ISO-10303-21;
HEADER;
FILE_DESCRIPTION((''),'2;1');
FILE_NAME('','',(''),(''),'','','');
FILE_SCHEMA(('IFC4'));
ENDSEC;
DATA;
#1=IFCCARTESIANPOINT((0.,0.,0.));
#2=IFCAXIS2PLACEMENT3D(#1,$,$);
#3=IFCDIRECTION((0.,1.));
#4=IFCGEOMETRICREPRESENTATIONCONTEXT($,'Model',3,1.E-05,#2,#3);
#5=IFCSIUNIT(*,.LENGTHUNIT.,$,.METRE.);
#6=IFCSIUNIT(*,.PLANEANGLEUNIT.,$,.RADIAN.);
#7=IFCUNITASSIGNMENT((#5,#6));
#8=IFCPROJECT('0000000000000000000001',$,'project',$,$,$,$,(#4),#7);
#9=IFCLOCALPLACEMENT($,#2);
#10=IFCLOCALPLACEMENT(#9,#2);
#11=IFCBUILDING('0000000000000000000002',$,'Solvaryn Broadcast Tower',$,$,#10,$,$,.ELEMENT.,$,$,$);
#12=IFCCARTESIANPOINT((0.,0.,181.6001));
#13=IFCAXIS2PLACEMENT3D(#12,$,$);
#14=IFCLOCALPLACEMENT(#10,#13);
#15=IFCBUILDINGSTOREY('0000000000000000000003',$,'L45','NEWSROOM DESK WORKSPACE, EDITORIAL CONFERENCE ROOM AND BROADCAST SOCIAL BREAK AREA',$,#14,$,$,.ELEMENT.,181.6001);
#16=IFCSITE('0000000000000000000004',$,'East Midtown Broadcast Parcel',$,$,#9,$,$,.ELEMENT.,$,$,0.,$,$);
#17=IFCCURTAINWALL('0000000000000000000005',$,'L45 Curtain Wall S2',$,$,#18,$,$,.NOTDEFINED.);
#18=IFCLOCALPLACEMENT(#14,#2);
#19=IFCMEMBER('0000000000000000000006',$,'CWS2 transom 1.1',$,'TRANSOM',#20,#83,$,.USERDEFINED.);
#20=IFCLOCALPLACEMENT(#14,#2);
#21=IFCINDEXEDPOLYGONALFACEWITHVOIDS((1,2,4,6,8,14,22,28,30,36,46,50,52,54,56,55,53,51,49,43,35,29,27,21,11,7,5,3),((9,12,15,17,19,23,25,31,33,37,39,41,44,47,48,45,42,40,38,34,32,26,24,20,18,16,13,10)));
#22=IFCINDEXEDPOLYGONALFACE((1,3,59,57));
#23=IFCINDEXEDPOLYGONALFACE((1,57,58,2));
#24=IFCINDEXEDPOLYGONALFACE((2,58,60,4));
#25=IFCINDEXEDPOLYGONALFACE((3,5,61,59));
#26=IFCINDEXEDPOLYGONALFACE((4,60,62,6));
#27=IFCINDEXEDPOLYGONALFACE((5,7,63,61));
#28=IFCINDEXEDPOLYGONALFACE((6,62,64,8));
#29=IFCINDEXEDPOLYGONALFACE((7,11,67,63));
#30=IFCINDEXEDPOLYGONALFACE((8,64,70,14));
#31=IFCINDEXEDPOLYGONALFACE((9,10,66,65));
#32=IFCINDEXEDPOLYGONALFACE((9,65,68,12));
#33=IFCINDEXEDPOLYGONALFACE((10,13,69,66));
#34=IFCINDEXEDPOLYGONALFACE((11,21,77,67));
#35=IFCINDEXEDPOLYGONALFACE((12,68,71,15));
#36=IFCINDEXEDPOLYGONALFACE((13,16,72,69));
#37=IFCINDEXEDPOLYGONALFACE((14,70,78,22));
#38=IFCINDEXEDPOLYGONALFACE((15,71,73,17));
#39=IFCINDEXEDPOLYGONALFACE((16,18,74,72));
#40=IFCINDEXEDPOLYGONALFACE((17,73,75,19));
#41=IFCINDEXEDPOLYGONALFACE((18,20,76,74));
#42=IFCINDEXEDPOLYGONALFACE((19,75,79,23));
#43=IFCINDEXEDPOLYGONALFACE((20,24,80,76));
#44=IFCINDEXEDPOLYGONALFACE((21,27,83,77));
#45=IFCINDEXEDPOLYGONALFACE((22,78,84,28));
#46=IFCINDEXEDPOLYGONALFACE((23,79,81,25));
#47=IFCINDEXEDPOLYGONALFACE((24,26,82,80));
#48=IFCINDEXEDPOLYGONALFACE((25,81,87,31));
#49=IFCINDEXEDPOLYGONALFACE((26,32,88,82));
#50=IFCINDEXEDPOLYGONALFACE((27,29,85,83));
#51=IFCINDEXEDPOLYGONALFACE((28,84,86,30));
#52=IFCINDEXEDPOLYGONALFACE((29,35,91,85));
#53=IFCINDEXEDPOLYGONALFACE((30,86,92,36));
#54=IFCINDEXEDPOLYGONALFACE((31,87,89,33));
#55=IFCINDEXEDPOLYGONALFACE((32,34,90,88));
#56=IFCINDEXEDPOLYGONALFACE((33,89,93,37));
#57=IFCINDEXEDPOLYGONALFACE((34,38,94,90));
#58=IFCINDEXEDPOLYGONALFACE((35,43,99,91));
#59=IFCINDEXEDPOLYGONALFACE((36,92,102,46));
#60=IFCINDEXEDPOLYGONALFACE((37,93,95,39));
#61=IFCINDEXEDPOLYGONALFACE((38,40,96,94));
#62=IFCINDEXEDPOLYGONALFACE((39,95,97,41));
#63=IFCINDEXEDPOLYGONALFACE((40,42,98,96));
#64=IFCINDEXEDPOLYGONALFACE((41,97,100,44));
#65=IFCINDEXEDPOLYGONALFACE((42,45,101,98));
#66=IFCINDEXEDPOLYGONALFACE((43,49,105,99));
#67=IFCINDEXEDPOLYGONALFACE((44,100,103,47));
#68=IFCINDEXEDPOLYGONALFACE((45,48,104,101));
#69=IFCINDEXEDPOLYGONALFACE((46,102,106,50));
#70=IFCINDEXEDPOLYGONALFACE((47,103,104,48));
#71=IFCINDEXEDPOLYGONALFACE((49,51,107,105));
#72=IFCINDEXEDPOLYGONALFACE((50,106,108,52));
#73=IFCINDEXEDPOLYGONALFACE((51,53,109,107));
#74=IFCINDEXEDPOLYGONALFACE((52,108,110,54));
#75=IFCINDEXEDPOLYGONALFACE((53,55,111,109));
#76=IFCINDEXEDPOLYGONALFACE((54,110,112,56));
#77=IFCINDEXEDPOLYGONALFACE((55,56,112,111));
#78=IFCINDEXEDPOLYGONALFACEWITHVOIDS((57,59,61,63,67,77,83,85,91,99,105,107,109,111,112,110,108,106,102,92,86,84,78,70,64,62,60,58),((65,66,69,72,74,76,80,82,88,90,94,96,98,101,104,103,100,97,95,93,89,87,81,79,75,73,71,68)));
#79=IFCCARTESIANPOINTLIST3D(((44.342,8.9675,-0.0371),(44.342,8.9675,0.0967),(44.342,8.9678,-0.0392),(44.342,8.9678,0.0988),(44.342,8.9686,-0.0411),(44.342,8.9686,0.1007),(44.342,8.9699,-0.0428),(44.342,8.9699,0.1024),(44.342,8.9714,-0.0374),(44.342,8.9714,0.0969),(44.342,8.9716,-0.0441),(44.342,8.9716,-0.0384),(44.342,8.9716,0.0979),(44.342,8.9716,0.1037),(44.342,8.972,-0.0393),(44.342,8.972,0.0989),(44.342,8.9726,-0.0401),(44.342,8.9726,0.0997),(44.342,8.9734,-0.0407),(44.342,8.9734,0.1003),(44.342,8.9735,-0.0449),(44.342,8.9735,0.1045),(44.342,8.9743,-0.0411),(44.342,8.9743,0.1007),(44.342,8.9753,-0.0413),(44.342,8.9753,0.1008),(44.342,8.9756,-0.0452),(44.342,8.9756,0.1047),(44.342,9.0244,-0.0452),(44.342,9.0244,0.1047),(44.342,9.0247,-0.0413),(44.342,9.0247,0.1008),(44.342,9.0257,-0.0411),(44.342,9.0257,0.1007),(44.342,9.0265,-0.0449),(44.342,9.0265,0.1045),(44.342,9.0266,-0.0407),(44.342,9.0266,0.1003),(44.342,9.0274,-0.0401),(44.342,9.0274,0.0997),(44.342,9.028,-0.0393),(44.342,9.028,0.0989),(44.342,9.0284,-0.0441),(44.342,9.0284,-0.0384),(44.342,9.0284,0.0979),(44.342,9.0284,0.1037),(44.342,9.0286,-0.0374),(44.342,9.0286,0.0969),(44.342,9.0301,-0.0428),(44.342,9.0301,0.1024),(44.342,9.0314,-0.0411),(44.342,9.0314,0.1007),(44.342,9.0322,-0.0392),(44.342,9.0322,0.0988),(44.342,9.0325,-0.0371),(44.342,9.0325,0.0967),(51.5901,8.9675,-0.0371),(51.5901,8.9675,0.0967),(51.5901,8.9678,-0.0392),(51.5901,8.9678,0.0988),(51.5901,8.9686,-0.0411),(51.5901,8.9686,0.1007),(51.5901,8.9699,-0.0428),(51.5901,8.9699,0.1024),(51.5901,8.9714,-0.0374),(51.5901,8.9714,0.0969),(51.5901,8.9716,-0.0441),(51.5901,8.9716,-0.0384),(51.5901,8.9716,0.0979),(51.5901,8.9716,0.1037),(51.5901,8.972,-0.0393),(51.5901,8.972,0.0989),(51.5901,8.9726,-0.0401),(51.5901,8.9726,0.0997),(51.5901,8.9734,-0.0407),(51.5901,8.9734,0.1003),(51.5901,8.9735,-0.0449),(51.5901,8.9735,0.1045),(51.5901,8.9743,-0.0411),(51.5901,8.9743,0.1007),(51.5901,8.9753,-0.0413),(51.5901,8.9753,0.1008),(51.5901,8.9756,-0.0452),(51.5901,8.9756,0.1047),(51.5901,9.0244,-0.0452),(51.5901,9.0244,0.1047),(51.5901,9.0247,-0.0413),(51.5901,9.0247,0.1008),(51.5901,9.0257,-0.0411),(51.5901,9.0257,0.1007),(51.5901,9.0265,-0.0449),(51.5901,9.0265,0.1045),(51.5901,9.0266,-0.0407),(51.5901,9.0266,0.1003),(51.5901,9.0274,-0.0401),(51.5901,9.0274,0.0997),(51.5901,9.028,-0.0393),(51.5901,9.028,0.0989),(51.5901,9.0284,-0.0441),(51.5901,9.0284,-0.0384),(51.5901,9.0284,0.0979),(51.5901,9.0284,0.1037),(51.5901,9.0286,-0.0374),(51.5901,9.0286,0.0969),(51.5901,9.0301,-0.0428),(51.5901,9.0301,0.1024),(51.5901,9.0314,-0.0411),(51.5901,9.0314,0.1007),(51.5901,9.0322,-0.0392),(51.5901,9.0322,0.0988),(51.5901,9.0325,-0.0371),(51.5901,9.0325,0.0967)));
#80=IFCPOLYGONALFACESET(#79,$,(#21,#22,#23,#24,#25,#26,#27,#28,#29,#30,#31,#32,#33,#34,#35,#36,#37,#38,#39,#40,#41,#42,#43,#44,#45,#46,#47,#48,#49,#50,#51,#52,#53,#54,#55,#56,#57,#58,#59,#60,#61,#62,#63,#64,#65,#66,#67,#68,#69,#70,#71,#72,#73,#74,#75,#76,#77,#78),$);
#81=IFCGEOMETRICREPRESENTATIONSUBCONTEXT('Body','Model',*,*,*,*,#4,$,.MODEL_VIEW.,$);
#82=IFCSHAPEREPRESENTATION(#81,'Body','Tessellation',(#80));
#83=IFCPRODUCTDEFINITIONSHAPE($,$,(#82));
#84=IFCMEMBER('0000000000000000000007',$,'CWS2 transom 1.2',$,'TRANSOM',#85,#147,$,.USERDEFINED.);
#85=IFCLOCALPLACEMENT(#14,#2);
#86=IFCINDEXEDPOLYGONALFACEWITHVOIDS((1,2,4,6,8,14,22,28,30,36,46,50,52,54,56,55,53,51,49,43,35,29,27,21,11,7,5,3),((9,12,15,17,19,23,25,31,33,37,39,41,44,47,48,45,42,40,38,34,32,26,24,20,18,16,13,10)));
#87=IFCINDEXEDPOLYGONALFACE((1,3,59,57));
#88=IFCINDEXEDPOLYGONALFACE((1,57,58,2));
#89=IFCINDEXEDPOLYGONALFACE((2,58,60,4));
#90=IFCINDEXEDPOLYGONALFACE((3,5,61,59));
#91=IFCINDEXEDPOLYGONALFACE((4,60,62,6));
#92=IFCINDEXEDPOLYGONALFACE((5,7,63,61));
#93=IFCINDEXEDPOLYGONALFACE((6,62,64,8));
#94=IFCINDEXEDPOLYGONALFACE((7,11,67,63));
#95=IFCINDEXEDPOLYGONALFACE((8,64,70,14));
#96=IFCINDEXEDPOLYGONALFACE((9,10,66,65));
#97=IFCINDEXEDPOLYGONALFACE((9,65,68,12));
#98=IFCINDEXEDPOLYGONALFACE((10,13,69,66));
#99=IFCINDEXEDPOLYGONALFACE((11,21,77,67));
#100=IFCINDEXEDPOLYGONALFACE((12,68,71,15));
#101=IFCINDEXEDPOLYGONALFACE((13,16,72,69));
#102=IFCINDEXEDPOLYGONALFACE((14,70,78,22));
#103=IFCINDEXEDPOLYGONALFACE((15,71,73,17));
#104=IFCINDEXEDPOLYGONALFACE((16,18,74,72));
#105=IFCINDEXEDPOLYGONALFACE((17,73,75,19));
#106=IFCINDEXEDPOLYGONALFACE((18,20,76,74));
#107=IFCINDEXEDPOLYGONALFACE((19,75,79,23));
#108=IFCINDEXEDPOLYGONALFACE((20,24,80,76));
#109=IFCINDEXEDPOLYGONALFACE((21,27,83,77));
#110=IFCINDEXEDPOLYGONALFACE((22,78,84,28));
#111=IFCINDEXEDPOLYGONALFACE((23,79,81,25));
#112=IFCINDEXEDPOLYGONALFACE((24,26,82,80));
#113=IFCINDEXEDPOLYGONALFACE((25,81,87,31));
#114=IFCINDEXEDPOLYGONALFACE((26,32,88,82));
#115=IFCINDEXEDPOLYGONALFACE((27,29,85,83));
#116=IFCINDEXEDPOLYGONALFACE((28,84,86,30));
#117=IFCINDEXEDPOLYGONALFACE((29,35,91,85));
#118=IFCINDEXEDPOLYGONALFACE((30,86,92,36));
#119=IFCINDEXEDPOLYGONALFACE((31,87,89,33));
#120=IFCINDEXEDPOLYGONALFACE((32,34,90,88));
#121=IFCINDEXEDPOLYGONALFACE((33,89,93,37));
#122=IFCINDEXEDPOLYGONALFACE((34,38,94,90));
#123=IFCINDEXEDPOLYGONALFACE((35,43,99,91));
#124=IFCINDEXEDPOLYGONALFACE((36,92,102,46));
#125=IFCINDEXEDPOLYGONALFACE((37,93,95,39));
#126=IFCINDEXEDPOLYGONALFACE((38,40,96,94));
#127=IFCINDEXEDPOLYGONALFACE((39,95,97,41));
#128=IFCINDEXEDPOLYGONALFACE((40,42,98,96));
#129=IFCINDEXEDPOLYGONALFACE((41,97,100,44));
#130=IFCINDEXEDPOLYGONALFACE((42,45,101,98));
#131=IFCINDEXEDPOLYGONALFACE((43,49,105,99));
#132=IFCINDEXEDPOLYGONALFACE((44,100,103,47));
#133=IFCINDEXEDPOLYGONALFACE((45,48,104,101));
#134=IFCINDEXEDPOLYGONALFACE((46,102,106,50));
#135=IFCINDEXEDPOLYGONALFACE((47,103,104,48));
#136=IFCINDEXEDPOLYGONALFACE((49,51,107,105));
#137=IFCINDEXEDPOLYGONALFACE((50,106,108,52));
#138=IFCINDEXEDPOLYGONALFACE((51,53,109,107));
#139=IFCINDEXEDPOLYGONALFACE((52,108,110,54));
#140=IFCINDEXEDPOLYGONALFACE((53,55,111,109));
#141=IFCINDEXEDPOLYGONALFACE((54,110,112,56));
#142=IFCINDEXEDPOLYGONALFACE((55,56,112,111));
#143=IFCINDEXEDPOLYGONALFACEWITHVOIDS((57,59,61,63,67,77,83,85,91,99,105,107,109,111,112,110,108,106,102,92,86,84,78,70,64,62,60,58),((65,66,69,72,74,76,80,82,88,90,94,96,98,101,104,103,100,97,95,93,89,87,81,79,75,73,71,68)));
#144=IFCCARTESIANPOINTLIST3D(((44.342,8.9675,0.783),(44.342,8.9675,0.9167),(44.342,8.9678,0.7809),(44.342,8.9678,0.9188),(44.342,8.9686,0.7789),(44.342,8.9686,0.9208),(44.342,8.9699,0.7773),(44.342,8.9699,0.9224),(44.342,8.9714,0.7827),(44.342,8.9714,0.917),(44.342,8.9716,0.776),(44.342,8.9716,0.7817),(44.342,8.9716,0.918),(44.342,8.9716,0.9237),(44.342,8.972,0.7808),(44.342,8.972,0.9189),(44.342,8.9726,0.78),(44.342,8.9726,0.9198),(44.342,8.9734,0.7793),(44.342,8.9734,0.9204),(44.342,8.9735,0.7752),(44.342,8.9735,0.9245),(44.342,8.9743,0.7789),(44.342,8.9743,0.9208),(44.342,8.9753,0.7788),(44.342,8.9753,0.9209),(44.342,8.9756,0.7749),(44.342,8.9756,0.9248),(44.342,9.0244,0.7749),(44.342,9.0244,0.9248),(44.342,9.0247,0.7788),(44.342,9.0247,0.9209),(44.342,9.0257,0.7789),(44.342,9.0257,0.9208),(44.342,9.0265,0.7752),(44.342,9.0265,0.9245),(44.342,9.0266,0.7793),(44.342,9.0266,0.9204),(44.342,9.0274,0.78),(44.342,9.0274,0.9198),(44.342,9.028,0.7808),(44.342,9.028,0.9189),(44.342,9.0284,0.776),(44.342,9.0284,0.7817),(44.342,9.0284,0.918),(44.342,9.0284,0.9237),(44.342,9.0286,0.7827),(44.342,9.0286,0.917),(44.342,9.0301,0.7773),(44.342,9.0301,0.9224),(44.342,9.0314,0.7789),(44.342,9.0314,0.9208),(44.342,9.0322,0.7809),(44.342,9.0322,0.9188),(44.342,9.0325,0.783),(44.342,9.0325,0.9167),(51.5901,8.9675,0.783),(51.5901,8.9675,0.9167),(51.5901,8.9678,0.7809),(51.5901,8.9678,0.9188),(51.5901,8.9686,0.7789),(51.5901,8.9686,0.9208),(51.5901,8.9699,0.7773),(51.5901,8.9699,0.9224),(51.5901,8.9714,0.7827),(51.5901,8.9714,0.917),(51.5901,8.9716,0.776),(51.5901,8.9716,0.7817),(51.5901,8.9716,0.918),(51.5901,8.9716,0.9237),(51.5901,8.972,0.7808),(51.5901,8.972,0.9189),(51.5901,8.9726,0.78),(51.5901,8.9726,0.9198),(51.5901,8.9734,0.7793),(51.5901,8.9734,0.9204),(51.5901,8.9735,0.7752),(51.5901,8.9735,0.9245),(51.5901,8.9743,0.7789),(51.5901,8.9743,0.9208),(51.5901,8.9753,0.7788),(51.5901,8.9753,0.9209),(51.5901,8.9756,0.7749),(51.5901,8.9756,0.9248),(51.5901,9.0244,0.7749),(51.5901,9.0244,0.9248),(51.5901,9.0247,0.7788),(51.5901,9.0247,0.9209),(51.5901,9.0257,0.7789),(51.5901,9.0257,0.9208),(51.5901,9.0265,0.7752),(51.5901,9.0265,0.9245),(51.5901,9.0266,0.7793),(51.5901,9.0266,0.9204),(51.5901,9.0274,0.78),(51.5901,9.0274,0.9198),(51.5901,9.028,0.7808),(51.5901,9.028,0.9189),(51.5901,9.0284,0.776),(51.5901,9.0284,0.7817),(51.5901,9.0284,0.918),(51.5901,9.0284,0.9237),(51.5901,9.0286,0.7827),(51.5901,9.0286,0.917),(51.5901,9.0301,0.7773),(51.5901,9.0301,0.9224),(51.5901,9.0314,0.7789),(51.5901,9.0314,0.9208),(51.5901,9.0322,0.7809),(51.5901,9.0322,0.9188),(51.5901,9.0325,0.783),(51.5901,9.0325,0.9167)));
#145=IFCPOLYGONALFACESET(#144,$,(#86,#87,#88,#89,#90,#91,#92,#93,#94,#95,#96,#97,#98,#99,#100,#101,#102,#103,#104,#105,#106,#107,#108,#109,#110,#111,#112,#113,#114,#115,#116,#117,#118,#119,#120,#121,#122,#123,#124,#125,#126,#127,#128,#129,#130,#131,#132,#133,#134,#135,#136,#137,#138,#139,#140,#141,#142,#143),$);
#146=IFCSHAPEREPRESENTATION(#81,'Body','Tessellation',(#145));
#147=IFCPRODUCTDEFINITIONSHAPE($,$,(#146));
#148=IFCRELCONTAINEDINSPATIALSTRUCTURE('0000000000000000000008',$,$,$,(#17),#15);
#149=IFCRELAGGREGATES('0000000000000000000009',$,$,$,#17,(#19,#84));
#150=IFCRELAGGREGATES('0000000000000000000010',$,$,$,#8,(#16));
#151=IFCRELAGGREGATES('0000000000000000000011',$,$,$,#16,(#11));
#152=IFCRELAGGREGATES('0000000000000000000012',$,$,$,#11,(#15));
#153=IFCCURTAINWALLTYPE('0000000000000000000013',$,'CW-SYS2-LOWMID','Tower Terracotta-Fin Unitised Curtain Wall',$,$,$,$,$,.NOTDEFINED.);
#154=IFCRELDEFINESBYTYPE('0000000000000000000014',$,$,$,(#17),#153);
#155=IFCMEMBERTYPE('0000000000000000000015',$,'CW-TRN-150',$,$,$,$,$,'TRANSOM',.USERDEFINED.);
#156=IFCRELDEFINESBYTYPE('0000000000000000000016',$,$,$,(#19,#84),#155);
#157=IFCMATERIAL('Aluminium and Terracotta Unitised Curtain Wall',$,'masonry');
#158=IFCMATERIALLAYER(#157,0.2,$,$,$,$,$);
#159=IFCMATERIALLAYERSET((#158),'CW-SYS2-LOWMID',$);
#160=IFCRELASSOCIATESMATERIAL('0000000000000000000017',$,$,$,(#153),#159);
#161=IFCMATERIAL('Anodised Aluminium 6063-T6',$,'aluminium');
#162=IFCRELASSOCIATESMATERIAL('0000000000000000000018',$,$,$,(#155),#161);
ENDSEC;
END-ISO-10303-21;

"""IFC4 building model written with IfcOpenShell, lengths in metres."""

from ifc_helpers import new_model, si_unit, direction, frame, origin, origin_2d, place, context, subcontext, project, spatial, hollow_rectangle, extrude, material, layer, layer_set, material_profile, profile_set, type_object, element, aggregate, save


model = new_model("IFC4")

# Units and contexts
model_context = context("Model", 3, precision=1e-05, world=origin(), true_north=direction((0.0, 1.0)))
body_context = subcontext(model_context, "Body", "Model", "MODEL_VIEW")
ifc_project = project(units=[si_unit("LENGTHUNIT", "METRE"), si_unit("PLANEANGLEUNIT", "RADIAN")], contexts=[model_context])

# Site, building, storey
site_placement = place(None, origin())
site = spatial("IfcSite", under=ifc_project, at=site_placement, Name="East Midtown Broadcast Parcel", CompositionType="ELEMENT", RefElevation=0.0)
building_placement = place(site_placement, origin())
building = spatial("IfcBuilding", under=site, at=building_placement, Name="Solvaryn Broadcast Tower", CompositionType="ELEMENT")
storey_placement = place(building_placement, frame((0.0, 0.0, 181.6001)))
storey = spatial("IfcBuildingStorey", under=building, at=storey_placement, Name="L45", Description="NEWSROOM DESK WORKSPACE, EDITORIAL CONFERENCE ROOM AND BROADCAST SOCIAL BREAK AREA", CompositionType="ELEMENT", Elevation=181.6001)

# Shared definitions
ifc_material_1 = material(Name="Aluminium and Terracotta Unitised Curtain Wall", Category="masonry")
ifc_layer_1 = layer(ifc_material_1, 0.2)
ifc_layer_set_1 = layer_set([ifc_layer_1], Name="CW-SYS2-LOWMID")
curtain_wall_type = type_object("IfcCurtainWallType", Name="CW-SYS2-LOWMID", Description="Tower Terracotta-Fin Unitised Curtain Wall", PredefinedType="NOTDEFINED", material=ifc_layer_set_1)

# Curtain wall, members
curtain_wall_1_placement = place(storey_placement, origin())
curtain_wall_1 = element("IfcCurtainWall", 1, at=curtain_wall_1_placement, inside=storey, type_object=curtain_wall_type, Name="L45 Curtain Wall S2", PredefinedType="NOTDEFINED")
ifc_material_2 = material(Name="Anodised Aluminium 6063-T6", Category="aluminium")
ifc_material_profile_1 = material_profile(ifc_material_2, hollow_rectangle(XDim=0.0649, YDim=0.1499, WallThickness=0.0039, InnerFilletRadius=0.0039, OuterFilletRadius=0.0081, at=origin_2d()))
ifc_profile_set_1 = profile_set([ifc_material_profile_1], Name="Anodised Aluminium 6063-T6")
member_type_1 = type_object("IfcMemberType", Name="CW-TRN-150", ElementType="TRANSOM", PredefinedType="USERDEFINED", material=ifc_profile_set_1)
member_1_placement = place(storey_placement, frame((44.342, 9.0, 0.0298), z_axis=(1.0, 0.0, 0.0), x_axis=(0.0, 1.0, 0.0)))
member_1 = element("IfcMember", 2, at=member_1_placement, type_object=member_type_1, Name="CWS2 transom 1.1", ObjectType="TRANSOM", PredefinedType="USERDEFINED", context=body_context, shape_type="SweptSolid", body=[
    extrude(hollow_rectangle(XDim=0.0649, YDim=0.1499, WallThickness=0.0039, InnerFilletRadius=0.0039, OuterFilletRadius=0.0081, at=origin_2d()), origin(), (0.0, 0.0, 1.0), 7.248),
])
member_2_placement = place(storey_placement, frame((44.342, 9.0, 0.8499), z_axis=(1.0, 0.0, 0.0), x_axis=(0.0, 1.0, 0.0)))
member_2 = element("IfcMember", 3, at=member_2_placement, type_object=member_type_1, Name="CWS2 transom 1.2", ObjectType="TRANSOM", PredefinedType="USERDEFINED", context=body_context, shape_type="SweptSolid", body=[
    extrude(hollow_rectangle(XDim=0.0649, YDim=0.1499, WallThickness=0.0039, InnerFilletRadius=0.0039, OuterFilletRadius=0.0081, at=origin_2d()), origin(), (0.0, 0.0, 1.0), 7.248),
])
aggregate(curtain_wall_1, [member_1, member_2])

save(model, "model.ifc")
